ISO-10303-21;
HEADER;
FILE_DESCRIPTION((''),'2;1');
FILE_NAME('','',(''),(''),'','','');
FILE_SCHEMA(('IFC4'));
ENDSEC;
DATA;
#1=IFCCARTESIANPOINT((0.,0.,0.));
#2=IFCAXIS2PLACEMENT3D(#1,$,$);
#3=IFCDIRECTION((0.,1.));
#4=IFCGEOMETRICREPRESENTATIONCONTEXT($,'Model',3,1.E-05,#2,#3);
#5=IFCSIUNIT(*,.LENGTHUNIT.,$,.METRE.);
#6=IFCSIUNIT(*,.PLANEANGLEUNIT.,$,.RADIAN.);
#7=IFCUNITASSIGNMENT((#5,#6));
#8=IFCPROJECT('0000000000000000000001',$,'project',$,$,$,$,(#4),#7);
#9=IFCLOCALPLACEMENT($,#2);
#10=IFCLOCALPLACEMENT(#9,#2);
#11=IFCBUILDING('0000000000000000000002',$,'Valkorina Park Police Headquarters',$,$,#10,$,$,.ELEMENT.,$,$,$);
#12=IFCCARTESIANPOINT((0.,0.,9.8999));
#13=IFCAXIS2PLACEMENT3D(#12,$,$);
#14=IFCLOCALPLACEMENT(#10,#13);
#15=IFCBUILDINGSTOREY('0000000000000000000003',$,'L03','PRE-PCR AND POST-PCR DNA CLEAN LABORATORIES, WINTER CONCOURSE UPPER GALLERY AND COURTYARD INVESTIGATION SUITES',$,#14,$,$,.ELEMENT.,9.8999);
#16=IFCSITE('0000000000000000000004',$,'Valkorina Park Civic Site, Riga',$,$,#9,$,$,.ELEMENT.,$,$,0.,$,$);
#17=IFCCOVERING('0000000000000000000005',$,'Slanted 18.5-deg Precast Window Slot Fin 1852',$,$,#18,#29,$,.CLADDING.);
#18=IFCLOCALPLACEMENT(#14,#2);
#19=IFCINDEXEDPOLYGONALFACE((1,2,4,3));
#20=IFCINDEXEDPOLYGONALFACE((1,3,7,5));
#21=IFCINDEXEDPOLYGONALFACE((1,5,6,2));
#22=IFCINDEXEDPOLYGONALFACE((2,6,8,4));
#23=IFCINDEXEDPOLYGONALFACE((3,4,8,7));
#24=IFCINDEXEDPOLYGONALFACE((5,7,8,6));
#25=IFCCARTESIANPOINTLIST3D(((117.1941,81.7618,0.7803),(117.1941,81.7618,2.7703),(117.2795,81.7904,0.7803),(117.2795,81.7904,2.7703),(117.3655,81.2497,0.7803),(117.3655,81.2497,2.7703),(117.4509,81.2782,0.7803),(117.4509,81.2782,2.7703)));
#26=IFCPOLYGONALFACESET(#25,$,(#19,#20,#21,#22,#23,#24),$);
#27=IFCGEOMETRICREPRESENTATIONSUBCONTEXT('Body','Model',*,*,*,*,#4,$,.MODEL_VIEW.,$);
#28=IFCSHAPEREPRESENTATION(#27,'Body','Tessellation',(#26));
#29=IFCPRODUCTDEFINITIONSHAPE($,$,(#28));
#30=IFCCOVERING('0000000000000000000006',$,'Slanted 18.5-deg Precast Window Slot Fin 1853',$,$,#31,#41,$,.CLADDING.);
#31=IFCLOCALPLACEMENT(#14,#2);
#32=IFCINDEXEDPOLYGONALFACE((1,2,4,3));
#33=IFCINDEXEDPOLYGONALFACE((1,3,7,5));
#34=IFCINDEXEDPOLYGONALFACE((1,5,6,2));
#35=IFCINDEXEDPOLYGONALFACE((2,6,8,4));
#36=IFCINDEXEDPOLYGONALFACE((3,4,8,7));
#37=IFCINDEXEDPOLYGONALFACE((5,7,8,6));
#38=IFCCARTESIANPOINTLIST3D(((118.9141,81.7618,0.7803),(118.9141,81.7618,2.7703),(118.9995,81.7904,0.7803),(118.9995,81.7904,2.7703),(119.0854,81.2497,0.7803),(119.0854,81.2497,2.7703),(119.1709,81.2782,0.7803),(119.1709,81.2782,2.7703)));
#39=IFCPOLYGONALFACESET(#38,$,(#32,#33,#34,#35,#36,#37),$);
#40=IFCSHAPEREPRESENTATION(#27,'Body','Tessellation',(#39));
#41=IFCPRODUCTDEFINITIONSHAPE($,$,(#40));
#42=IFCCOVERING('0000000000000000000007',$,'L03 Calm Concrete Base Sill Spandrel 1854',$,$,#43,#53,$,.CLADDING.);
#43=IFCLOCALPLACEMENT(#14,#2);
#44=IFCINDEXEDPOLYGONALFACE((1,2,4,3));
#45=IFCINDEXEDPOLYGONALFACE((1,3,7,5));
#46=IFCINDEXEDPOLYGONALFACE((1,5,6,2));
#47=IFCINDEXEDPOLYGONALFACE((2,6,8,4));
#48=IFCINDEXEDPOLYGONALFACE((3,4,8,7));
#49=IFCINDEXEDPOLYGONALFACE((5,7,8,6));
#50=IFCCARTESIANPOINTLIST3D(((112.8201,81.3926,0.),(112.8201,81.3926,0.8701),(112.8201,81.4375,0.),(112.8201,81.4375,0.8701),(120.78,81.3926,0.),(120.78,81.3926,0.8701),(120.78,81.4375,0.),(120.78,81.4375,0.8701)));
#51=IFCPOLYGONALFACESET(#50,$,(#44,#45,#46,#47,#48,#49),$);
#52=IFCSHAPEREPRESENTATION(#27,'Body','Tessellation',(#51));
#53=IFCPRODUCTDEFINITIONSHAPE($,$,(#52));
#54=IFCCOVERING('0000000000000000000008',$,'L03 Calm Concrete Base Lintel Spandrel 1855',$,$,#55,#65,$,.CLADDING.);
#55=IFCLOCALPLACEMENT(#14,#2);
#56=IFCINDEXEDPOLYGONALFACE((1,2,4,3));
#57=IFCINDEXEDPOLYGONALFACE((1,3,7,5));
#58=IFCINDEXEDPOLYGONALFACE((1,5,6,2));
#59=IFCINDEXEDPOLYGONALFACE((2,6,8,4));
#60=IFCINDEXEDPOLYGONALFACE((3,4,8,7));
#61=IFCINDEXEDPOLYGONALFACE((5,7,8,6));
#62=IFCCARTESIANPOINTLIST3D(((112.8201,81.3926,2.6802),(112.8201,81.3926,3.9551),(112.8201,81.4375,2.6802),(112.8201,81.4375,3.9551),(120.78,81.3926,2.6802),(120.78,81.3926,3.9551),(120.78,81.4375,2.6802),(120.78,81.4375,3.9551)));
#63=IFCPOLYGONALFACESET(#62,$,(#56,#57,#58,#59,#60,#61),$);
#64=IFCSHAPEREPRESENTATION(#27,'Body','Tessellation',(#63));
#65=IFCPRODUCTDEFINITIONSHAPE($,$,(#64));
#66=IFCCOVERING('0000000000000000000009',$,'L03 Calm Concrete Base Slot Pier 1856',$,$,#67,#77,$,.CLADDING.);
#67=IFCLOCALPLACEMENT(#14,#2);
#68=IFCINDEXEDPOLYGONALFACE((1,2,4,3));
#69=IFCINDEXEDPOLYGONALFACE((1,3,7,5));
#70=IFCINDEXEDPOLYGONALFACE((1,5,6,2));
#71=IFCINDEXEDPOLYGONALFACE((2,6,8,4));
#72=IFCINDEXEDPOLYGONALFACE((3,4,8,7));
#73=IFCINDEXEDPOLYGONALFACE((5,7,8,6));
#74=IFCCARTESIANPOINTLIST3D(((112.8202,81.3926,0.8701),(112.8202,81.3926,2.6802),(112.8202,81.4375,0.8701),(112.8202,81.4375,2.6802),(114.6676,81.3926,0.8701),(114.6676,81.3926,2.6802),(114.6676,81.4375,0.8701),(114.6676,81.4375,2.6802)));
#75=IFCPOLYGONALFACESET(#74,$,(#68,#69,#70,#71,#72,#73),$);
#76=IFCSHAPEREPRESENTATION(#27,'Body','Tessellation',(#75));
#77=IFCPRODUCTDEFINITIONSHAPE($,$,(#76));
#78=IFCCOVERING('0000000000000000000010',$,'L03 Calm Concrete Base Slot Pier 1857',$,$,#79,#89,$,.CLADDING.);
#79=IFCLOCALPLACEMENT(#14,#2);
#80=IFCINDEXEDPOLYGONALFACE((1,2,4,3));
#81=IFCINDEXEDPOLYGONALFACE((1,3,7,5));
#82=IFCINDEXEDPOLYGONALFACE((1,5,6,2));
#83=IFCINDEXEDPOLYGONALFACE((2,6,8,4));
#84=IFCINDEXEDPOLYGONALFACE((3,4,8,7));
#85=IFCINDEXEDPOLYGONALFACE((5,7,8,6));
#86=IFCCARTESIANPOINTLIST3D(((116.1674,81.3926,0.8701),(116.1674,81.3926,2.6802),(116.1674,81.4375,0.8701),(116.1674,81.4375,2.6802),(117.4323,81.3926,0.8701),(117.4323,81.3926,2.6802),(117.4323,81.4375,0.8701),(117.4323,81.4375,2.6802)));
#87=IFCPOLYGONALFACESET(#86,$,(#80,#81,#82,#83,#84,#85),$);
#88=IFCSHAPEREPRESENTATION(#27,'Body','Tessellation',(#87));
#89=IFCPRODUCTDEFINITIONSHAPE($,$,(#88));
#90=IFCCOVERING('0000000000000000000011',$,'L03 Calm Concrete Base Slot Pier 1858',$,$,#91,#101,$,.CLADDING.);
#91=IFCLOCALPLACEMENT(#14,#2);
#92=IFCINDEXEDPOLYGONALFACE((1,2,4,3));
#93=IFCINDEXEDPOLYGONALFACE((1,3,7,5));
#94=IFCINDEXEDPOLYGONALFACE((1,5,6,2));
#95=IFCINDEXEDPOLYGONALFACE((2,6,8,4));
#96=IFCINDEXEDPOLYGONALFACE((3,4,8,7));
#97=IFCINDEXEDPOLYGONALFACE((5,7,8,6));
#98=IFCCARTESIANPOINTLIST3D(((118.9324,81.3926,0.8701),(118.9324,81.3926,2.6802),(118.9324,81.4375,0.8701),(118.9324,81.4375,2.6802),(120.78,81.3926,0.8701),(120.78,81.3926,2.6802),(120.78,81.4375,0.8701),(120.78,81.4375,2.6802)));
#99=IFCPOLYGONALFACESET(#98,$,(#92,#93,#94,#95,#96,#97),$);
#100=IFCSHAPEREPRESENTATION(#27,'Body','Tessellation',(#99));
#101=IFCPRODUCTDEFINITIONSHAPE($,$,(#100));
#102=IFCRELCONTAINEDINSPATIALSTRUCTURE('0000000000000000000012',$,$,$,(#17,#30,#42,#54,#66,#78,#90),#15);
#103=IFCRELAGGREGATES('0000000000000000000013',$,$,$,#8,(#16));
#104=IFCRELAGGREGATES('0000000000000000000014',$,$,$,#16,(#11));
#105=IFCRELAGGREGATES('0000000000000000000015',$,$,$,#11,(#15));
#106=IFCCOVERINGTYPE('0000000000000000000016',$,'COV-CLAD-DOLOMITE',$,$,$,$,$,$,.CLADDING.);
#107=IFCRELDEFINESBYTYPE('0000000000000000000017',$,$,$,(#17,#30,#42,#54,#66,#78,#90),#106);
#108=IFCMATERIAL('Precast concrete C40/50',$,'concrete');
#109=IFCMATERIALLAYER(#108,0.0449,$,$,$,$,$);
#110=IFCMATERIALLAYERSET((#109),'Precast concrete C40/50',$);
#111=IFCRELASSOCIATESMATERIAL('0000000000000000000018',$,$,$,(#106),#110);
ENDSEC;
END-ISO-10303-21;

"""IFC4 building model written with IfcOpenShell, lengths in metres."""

from ifc_helpers import new_model, si_unit, direction, frame, frame_2d, origin, origin_2d, place, context, subcontext, project, spatial, rectangle, extrude, material, layer, layer_set, type_object, element, save


model = new_model("IFC4")

# Units and contexts
model_context = context("Model", 3, precision=1e-05, world=origin(), true_north=direction((0.0, 1.0)))
body_context = subcontext(model_context, "Body", "Model", "MODEL_VIEW")
ifc_project = project(units=[si_unit("LENGTHUNIT", "METRE"), si_unit("PLANEANGLEUNIT", "RADIAN")], contexts=[model_context])

# Site, building, storey
site_placement = place(None, origin())
site = spatial("IfcSite", under=ifc_project, at=site_placement, Name="Valkorina Park Civic Site, Riga", CompositionType="ELEMENT", RefElevation=0.0)
building_placement = place(site_placement, origin())
building = spatial("IfcBuilding", under=site, at=building_placement, Name="Valkorina Park Police Headquarters", CompositionType="ELEMENT")
storey_placement = place(building_placement, frame((0.0, 0.0, 9.8999)))
storey = spatial("IfcBuildingStorey", under=building, at=storey_placement, Name="L03", Description="PRE-PCR AND POST-PCR DNA CLEAN LABORATORIES, WINTER CONCOURSE UPPER GALLERY AND COURTYARD INVESTIGATION SUITES", CompositionType="ELEMENT", Elevation=9.8999)

# Coverings
ifc_material_1 = material(Name="Precast concrete C40/50", Category="concrete")
ifc_layer_1 = layer(ifc_material_1, 0.0449)
ifc_layer_set_1 = layer_set([ifc_layer_1], Name="Precast concrete C40/50")
covering_type = type_object("IfcCoveringType", Name="COV-CLAD-DOLOMITE", PredefinedType="CLADDING", material=ifc_layer_set_1)
for number, where, z_axis, x_axis, name in (
    (1, (117.3225, 81.52, 0.7803), (0.0, 0.0, 1.0), (-0.317305, 0.948324, 0.0), "Slanted 18.5-deg Precast Window Slot Fin 1852"),
    (2, (119.0425, 81.52, 0.7803), (0.0, 0.0, 1.0), (-0.317305, 0.948324, 0.0), "Slanted 18.5-deg Precast Window Slot Fin 1853"),
):
    element("IfcCovering", number, at=place(storey_placement, frame(where, z_axis=z_axis, x_axis=x_axis)), inside=storey, type_object=covering_type, Name=name, PredefinedType="CLADDING", context=body_context, shape_type="SweptSolid", body=[
        extrude(rectangle(XDim=0.54, YDim=0.0901, at=origin_2d()), origin(), (0.0, 0.0, 1.0), 1.99),
    ])
covering_1_placement = place(storey_placement, frame((112.8201, 81.415, 0.0), z_axis=(0.0, 0.0, 1.0), x_axis=(1.0, 0.0, 0.0)))
element("IfcCovering", 3, at=covering_1_placement, inside=storey, type_object=covering_type, Name="L03 Calm Concrete Base Sill Spandrel 1854", PredefinedType="CLADDING", context=body_context, shape_type="SweptSolid", body=[
    extrude(rectangle(XDim=7.96, YDim=0.0449, at=frame_2d((3.98, 0.0))), origin(), (0.0, 0.0, 1.0), 0.8701),
])
covering_2_placement = place(storey_placement, frame((112.8201, 81.415, 2.6802), z_axis=(0.0, 0.0, 1.0), x_axis=(1.0, 0.0, 0.0)))
element("IfcCovering", 4, at=covering_2_placement, inside=storey, type_object=covering_type, Name="L03 Calm Concrete Base Lintel Spandrel 1855", PredefinedType="CLADDING", context=body_context, shape_type="SweptSolid", body=[
    extrude(rectangle(XDim=7.96, YDim=0.0449, at=frame_2d((3.98, 0.0))), origin(), (0.0, 0.0, 1.0), 1.2749),
])
covering_3_placement = place(storey_placement, frame((112.8201, 81.415, 0.8701), z_axis=(0.0, 0.0, 1.0), x_axis=(1.0, 0.0, 0.0)))
element("IfcCovering", 5, at=covering_3_placement, inside=storey, type_object=covering_type, Name="L03 Calm Concrete Base Slot Pier 1856", PredefinedType="CLADDING", context=body_context, shape_type="SweptSolid", body=[
    extrude(rectangle(XDim=1.8474, YDim=0.0449, at=frame_2d((0.9238, 0.0))), origin(), (0.0, 0.0, 1.0), 1.8101),
])
covering_4_placement = place(storey_placement, frame((116.1675, 81.415, 0.8701), z_axis=(0.0, 0.0, 1.0), x_axis=(1.0, 0.0, 0.0)))
element("IfcCovering", 6, at=covering_4_placement, inside=storey, type_object=covering_type, Name="L03 Calm Concrete Base Slot Pier 1857", PredefinedType="CLADDING", context=body_context, shape_type="SweptSolid", body=[
    extrude(rectangle(XDim=1.2649, YDim=0.0449, at=frame_2d((0.6323, 0.0))), origin(), (0.0, 0.0, 1.0), 1.8101),
])
covering_5_placement = place(storey_placement, frame((118.9324, 81.415, 0.8701), z_axis=(0.0, 0.0, 1.0), x_axis=(1.0, 0.0, 0.0)))
element("IfcCovering", 7, at=covering_5_placement, inside=storey, type_object=covering_type, Name="L03 Calm Concrete Base Slot Pier 1858", PredefinedType="CLADDING", context=body_context, shape_type="SweptSolid", body=[
    extrude(rectangle(XDim=1.8477, YDim=0.0449, at=frame_2d((0.9238, 0.0))), origin(), (0.0, 0.0, 1.0), 1.8101),
])

save(model, "model.ifc")
